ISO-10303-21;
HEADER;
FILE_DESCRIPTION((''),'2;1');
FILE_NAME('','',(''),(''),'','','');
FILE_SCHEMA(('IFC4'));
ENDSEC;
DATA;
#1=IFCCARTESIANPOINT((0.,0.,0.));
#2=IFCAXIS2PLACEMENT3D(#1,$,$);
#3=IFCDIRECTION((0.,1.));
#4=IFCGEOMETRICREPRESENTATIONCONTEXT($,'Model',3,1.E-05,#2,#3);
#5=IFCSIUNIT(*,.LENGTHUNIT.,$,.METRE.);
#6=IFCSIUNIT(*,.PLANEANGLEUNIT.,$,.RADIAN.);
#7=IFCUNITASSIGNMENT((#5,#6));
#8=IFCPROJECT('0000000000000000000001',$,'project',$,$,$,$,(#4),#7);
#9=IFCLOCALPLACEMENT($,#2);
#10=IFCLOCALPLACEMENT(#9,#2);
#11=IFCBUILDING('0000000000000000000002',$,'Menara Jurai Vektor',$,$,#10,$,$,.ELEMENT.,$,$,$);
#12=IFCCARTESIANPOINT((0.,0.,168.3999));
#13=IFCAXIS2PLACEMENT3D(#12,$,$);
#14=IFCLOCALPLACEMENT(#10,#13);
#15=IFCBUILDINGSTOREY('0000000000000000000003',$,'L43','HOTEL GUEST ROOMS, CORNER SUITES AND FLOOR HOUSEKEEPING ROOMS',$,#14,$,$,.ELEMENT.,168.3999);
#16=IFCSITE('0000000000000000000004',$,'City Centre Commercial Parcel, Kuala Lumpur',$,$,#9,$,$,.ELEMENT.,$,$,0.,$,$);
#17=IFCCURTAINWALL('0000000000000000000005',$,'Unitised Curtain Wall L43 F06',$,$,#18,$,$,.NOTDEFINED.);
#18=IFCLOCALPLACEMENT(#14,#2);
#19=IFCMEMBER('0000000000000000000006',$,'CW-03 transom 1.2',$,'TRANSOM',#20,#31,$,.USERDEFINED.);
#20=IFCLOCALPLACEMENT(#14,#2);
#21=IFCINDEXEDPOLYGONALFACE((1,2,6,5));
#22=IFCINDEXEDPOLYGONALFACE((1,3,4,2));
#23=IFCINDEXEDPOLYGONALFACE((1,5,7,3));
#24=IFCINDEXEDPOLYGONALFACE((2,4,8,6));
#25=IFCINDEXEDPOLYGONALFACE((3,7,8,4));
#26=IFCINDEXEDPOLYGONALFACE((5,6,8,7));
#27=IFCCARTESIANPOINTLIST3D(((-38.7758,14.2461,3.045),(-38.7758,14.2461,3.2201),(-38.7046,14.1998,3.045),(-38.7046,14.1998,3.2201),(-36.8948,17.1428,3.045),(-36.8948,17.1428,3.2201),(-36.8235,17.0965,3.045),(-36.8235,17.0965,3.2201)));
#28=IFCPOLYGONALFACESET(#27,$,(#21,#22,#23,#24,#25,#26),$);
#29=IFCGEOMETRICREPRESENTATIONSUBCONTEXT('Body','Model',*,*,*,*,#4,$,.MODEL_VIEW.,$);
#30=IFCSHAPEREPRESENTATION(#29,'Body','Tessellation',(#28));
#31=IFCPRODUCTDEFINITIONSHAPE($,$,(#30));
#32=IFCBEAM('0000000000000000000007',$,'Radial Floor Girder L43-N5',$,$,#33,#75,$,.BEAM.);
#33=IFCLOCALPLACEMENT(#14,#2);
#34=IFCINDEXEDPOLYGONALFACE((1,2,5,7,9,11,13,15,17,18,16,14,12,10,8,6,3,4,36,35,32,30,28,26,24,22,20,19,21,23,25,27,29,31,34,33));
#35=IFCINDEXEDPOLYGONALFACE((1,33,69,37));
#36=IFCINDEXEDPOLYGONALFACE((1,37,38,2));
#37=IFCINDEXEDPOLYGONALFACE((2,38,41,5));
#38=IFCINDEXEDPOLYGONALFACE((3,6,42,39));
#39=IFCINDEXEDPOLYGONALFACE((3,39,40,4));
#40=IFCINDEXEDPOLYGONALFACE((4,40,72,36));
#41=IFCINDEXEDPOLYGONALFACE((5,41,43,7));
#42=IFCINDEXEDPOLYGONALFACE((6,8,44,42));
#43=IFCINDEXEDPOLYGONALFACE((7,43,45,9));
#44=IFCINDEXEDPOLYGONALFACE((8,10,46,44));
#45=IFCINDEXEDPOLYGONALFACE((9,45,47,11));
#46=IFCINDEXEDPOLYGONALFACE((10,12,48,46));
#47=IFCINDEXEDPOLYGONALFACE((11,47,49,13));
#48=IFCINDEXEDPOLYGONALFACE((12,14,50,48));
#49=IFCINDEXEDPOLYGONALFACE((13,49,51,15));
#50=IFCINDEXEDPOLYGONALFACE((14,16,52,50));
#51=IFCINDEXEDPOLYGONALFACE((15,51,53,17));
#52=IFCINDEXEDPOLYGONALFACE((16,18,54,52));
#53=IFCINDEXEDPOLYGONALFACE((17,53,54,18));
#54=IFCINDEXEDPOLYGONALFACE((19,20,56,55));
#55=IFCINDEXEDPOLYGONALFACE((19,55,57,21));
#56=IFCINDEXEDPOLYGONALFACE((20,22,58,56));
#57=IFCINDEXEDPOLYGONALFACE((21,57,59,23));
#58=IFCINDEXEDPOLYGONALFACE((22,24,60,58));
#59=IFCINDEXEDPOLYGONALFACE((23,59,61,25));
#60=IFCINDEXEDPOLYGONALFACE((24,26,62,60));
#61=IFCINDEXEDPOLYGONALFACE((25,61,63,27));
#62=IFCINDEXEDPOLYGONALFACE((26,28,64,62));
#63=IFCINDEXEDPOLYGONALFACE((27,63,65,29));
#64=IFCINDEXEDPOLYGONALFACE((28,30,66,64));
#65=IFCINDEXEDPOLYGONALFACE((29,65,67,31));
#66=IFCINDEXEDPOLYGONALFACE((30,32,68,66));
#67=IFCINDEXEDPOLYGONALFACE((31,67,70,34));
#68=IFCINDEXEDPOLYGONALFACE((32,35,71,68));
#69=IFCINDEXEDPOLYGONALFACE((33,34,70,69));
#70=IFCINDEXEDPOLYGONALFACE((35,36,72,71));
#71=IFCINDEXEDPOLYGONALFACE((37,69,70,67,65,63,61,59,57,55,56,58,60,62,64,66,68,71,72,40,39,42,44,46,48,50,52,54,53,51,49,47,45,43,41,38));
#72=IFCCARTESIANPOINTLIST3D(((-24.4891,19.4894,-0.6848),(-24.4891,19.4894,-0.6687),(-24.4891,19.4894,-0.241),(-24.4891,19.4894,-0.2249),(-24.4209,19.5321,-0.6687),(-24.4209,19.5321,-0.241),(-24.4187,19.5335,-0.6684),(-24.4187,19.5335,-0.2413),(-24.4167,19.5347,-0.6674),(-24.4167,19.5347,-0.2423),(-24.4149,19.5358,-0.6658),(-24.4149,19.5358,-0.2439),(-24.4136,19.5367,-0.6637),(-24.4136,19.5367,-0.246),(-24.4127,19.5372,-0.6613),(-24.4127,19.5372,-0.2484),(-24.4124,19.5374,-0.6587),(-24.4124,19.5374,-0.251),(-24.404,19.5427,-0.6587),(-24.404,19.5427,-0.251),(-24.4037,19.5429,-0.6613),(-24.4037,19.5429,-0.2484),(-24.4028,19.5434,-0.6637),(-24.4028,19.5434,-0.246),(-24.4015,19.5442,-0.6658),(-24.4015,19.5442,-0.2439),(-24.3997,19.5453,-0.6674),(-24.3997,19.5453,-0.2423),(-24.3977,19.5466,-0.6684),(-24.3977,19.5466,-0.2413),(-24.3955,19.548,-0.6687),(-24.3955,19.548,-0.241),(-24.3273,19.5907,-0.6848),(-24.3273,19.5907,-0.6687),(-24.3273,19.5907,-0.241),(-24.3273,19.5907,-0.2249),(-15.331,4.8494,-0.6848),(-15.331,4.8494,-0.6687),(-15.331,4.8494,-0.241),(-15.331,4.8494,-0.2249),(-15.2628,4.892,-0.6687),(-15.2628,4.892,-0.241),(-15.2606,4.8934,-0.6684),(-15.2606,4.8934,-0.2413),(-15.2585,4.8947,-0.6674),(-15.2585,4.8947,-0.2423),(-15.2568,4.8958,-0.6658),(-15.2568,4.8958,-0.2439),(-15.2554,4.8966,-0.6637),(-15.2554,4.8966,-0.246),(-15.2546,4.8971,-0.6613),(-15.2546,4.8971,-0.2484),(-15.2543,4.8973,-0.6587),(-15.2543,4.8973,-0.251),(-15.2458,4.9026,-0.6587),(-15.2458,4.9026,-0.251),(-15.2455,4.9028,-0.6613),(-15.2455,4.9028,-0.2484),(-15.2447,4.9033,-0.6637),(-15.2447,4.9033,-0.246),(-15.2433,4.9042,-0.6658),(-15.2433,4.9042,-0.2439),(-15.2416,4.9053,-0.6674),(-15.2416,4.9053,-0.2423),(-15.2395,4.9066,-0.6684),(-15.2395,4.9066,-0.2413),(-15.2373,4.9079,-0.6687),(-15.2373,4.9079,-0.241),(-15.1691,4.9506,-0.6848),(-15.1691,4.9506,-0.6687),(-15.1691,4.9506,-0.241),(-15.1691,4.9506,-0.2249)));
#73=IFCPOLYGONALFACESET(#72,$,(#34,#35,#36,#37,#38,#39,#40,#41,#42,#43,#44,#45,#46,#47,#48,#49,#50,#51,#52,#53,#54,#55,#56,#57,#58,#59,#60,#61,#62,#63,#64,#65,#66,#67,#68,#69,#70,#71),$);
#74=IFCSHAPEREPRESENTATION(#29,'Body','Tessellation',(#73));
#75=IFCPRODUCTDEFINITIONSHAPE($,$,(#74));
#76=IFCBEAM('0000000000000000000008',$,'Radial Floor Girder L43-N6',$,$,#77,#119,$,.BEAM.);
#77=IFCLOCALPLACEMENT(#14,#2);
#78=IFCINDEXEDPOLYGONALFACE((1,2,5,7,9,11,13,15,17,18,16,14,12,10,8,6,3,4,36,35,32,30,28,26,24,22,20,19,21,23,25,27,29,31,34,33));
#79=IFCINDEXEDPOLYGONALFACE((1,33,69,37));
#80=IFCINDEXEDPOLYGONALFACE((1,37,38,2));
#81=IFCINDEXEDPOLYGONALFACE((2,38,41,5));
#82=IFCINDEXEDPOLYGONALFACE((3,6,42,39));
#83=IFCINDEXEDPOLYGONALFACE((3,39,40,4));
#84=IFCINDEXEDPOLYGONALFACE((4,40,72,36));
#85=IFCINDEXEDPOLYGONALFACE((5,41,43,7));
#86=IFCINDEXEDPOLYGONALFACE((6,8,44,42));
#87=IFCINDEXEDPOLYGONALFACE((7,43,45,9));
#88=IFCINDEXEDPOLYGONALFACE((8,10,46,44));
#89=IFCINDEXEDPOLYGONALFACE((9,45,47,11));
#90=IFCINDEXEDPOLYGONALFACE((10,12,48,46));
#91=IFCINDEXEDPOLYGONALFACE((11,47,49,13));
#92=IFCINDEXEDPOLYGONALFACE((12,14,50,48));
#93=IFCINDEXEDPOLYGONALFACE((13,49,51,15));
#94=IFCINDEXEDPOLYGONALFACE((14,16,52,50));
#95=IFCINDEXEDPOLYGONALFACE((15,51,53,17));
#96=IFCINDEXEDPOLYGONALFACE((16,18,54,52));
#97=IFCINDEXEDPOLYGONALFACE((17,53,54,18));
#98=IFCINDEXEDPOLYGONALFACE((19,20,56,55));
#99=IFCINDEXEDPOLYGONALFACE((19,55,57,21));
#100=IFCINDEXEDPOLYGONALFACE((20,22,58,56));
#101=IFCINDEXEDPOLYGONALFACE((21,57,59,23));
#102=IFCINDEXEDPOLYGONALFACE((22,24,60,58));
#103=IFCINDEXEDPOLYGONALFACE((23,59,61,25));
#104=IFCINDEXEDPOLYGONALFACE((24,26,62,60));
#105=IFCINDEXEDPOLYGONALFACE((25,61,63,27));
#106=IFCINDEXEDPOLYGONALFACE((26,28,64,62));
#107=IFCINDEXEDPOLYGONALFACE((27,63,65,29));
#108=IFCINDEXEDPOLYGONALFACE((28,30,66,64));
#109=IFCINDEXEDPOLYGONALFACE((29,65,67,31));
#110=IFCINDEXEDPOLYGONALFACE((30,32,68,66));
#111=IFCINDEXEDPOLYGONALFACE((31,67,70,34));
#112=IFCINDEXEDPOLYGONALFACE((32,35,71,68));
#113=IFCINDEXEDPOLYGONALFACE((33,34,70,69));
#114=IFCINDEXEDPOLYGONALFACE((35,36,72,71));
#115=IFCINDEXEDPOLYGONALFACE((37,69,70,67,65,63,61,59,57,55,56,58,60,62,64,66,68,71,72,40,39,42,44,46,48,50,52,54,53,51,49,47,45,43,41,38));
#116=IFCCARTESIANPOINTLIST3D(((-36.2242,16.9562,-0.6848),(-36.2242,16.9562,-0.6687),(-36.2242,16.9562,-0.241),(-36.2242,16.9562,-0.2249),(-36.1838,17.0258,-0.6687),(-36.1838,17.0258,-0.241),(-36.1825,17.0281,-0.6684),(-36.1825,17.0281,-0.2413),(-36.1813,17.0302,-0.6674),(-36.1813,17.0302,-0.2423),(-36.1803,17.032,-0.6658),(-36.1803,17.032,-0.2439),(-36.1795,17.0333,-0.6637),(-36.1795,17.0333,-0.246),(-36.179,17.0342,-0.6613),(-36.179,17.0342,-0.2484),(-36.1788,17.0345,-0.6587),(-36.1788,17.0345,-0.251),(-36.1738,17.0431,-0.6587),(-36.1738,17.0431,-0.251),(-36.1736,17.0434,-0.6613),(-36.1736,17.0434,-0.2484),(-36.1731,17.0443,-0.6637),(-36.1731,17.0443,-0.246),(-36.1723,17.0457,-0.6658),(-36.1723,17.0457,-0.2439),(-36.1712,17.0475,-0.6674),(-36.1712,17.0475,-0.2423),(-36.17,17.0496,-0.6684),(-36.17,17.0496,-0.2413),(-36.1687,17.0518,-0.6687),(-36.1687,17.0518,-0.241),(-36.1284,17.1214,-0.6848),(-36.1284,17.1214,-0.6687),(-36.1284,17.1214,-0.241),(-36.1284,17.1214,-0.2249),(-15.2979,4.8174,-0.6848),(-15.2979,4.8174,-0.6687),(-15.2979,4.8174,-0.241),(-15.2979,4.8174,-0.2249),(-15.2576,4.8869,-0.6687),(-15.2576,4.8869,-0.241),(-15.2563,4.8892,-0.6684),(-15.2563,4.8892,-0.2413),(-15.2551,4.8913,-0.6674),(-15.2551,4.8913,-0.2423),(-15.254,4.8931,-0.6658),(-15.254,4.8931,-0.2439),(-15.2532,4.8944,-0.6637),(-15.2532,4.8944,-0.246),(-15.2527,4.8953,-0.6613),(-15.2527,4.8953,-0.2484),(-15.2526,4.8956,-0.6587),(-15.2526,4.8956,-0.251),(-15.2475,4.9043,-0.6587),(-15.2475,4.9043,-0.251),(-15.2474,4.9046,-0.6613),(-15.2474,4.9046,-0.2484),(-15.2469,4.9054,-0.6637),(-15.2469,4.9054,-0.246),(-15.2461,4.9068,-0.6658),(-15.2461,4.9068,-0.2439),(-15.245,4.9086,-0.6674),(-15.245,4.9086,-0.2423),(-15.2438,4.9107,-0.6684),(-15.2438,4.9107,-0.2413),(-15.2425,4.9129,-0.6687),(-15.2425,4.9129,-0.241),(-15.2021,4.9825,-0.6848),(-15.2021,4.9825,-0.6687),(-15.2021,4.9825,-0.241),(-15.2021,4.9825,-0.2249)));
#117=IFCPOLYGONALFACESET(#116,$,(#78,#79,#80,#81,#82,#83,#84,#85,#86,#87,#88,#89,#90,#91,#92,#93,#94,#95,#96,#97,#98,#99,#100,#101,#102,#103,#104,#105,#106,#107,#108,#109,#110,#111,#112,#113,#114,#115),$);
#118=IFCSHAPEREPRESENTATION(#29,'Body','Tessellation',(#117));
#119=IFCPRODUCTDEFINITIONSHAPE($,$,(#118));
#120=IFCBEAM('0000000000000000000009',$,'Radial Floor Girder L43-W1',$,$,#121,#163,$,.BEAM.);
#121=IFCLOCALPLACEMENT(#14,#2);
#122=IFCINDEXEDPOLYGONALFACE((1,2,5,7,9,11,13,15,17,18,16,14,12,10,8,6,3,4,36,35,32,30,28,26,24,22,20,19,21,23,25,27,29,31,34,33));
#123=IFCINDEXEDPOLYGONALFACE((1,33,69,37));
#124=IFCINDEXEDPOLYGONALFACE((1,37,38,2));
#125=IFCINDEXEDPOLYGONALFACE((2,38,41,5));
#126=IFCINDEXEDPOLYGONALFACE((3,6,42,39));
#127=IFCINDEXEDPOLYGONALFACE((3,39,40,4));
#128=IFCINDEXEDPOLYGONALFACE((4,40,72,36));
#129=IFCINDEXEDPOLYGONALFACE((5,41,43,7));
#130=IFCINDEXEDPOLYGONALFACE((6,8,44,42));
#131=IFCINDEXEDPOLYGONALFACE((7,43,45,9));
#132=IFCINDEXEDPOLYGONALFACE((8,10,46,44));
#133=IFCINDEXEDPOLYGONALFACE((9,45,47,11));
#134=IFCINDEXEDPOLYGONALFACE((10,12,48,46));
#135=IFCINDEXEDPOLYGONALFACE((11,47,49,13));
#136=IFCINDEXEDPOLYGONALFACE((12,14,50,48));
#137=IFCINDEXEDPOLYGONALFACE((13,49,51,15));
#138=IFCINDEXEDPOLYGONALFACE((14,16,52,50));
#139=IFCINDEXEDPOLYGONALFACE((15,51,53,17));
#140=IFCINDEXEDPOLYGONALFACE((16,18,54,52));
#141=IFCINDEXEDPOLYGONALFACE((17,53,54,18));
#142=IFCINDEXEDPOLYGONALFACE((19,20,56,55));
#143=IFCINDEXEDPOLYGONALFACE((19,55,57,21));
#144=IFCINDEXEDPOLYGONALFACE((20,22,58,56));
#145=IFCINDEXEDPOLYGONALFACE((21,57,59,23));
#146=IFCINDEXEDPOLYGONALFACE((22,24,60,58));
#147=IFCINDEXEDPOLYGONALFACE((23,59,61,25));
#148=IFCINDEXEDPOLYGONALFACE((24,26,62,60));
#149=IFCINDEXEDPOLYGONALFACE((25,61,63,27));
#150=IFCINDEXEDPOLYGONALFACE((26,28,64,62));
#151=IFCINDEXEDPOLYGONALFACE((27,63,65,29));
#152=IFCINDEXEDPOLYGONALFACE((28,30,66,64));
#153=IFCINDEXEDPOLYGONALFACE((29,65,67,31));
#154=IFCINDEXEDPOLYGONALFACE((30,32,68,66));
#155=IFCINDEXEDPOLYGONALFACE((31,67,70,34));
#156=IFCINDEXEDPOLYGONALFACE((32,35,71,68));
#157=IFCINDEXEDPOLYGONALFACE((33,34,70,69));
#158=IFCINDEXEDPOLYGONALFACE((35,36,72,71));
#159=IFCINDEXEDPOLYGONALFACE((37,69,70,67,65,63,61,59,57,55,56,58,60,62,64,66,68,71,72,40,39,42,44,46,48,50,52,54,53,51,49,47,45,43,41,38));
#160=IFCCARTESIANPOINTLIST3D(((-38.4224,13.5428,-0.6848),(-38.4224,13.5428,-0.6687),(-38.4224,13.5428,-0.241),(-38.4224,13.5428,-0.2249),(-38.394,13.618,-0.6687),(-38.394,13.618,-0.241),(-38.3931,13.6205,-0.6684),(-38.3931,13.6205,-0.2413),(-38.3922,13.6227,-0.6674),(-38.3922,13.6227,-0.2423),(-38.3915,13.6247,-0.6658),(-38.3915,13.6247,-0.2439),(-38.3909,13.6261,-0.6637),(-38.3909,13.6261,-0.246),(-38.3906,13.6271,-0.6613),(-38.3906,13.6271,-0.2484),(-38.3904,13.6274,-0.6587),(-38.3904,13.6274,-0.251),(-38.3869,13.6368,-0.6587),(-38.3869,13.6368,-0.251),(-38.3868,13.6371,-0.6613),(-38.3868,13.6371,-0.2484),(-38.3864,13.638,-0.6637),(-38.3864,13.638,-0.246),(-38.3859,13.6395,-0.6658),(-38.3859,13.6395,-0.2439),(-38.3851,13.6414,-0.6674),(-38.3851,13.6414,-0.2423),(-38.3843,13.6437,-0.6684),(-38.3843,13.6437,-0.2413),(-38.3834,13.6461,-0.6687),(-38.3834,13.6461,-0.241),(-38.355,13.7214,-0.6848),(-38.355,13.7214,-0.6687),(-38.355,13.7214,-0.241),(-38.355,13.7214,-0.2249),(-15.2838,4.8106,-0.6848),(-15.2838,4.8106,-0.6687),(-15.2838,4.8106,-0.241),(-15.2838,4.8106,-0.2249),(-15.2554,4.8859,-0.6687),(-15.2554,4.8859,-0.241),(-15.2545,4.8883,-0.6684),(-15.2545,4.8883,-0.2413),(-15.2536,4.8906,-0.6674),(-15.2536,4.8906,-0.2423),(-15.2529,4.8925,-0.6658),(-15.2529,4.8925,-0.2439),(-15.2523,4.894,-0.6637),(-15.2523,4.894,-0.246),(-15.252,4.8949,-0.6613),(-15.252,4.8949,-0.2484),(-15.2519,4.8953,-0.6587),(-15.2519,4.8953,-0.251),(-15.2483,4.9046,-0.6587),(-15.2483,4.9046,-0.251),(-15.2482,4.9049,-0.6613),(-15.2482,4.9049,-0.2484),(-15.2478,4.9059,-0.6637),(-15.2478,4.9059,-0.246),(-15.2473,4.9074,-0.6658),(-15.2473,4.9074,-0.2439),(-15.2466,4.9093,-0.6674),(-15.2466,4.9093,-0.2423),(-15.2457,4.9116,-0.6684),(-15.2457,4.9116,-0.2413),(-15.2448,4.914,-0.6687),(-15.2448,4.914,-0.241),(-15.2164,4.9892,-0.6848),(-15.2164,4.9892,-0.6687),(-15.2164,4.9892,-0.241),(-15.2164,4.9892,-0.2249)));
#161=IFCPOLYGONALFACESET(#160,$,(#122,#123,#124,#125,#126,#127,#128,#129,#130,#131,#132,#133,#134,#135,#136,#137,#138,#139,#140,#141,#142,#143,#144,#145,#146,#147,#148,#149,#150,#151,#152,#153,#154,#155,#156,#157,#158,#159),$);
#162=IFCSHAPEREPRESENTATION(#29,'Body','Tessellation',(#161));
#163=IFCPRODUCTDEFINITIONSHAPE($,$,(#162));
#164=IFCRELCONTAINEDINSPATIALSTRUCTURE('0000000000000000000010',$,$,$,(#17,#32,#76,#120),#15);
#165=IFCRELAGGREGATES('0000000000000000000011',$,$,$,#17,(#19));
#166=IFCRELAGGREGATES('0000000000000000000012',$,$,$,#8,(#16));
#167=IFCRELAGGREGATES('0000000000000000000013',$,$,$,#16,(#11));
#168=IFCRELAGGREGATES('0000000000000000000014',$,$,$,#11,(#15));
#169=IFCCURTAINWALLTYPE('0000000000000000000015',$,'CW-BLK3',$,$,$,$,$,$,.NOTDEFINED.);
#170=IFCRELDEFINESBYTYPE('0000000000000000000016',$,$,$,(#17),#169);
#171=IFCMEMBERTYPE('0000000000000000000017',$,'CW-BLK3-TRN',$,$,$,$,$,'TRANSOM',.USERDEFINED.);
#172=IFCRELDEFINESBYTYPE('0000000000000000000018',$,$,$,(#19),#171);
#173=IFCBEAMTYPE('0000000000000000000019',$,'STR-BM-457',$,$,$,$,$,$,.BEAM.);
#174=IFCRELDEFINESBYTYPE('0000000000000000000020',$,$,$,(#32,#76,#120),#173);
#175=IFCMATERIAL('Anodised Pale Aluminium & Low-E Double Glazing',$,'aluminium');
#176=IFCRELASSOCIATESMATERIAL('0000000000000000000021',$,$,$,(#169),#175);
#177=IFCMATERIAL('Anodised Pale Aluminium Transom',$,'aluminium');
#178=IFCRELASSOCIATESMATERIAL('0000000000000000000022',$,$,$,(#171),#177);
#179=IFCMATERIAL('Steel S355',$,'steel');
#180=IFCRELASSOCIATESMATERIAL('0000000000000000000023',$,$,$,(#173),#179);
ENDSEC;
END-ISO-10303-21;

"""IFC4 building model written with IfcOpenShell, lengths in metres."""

from ifc_helpers import new_model, si_unit, direction, frame, origin, origin_2d, place, context, subcontext, project, spatial, rectangle, i_section, extrude, material, material_profile, profile_set, type_object, element, aggregate, save


model = new_model("IFC4")

# Units and contexts
model_context = context("Model", 3, precision=1e-05, world=origin(), true_north=direction((0.0, 1.0)))
body_context = subcontext(model_context, "Body", "Model", "MODEL_VIEW")
ifc_project = project(units=[si_unit("LENGTHUNIT", "METRE"), si_unit("PLANEANGLEUNIT", "RADIAN")], contexts=[model_context])

# Site, building, storey
site_placement = place(None, origin())
site = spatial("IfcSite", under=ifc_project, at=site_placement, Name="City Centre Commercial Parcel, Kuala Lumpur", CompositionType="ELEMENT", RefElevation=0.0)
building_placement = place(site_placement, origin())
building = spatial("IfcBuilding", under=site, at=building_placement, Name="Menara Jurai Vektor", CompositionType="ELEMENT")
storey_placement = place(building_placement, frame((0.0, 0.0, 168.3999)))
storey = spatial("IfcBuildingStorey", under=building, at=storey_placement, Name="L43", Description="HOTEL GUEST ROOMS, CORNER SUITES AND FLOOR HOUSEKEEPING ROOMS", CompositionType="ELEMENT", Elevation=168.3999)

# Curtain wall
ifc_material_1 = material(Name="Anodised Pale Aluminium & Low-E Double Glazing", Category="aluminium")
curtain_wall_type = type_object("IfcCurtainWallType", Name="CW-BLK3", PredefinedType="NOTDEFINED", material=ifc_material_1)
curtain_wall_1_placement = place(storey_placement, origin())
curtain_wall_1 = element("IfcCurtainWall", 1, at=curtain_wall_1_placement, inside=storey, type_object=curtain_wall_type, Name="Unitised Curtain Wall L43 F06", PredefinedType="NOTDEFINED")

# Member
ifc_material_2 = material(Name="Anodised Pale Aluminium Transom", Category="aluminium")
ifc_material_profile_1 = material_profile(ifc_material_2, rectangle(XDim=0.085, YDim=0.175, at=origin_2d()), Name="ALU TRN 85x175")
ifc_profile_set_1 = profile_set([ifc_material_profile_1], Name="Anodised Pale Aluminium Transom")
member_type_1 = type_object("IfcMemberType", Name="CW-BLK3-TRN", ElementType="TRANSOM", PredefinedType="USERDEFINED", material=ifc_profile_set_1)
member_1_placement = place(storey_placement, frame((-36.8591, 17.1196, 3.1326), z_axis=(-0.544628, -0.838678, 0.0), x_axis=(0.838678, -0.544628, 0.0)))
member_1 = element("IfcMember", 2, at=member_1_placement, type_object=member_type_1, Name="CW-03 transom 1.2", ObjectType="TRANSOM", PredefinedType="USERDEFINED", context=body_context, shape_type="SweptSolid", body=[
    extrude(rectangle(XDim=0.085, YDim=0.175, at=origin_2d()), origin(), (0.0, 0.0, 1.0), 3.4539),
])

# Beams
ifc_material_3 = material(Name="Steel S355", Category="steel")
ifc_material_profile_2 = material_profile(ifc_material_3, i_section(OverallWidth=0.1909, OverallDepth=0.46, WebThickness=0.01, FlangeThickness=0.0161, FilletRadius=0.01, at=origin_2d()), Name="UKB 457x191x82")
ifc_profile_set_2 = profile_set([ifc_material_profile_2], Name="Steel S355")
beam_type_1 = type_object("IfcBeamType", Name="STR-BM-457", PredefinedType="BEAM", material=ifc_profile_set_2)
beam_1_placement = place(storey_placement, frame((-24.4082, 19.54, -0.4548), z_axis=(0.530337, -0.847787, 0.0), x_axis=(0.847787, 0.530337, 0.0)))
element("IfcBeam", 3, at=beam_1_placement, inside=storey, type_object=beam_type_1, Name="Radial Floor Girder L43-N5", PredefinedType="BEAM", context=body_context, shape_type="SweptSolid", body=[
    extrude(i_section(OverallWidth=0.1909, OverallDepth=0.46, WebThickness=0.01, FlangeThickness=0.0161, FilletRadius=0.01, at=origin_2d()), origin(), (0.0, 0.0, 1.0), 17.2686),
])
beam_2_placement = place(storey_placement, frame((-36.1763, 17.0388, -0.4548), z_axis=(0.865001, -0.50177, 0.0), x_axis=(0.50177, 0.865001, 0.0)))
element("IfcBeam", 4, at=beam_2_placement, inside=storey, type_object=beam_type_1, Name="Radial Floor Girder L43-N6", PredefinedType="BEAM", context=body_context, shape_type="SweptSolid", body=[
    extrude(i_section(OverallWidth=0.1909, OverallDepth=0.46, WebThickness=0.01, FlangeThickness=0.0161, FilletRadius=0.01, at=origin_2d()), origin(), (0.0, 0.0, 1.0), 24.1921),
])
beam_3_placement = place(storey_placement, frame((-38.3887, 13.6321, -0.4548), z_axis=(0.935594, -0.353079, 0.0), x_axis=(0.353079, 0.935594, 0.0)))
element("IfcBeam", 5, at=beam_3_placement, inside=storey, type_object=beam_type_1, Name="Radial Floor Girder L43-W1", PredefinedType="BEAM", context=body_context, shape_type="SweptSolid", body=[
    extrude(i_section(OverallWidth=0.1909, OverallDepth=0.46, WebThickness=0.01, FlangeThickness=0.0161, FilletRadius=0.01, at=origin_2d()), origin(), (0.0, 0.0, 1.0), 24.7314),
])

aggregate(curtain_wall_1, [member_1])

save(model, "model.ifc")
